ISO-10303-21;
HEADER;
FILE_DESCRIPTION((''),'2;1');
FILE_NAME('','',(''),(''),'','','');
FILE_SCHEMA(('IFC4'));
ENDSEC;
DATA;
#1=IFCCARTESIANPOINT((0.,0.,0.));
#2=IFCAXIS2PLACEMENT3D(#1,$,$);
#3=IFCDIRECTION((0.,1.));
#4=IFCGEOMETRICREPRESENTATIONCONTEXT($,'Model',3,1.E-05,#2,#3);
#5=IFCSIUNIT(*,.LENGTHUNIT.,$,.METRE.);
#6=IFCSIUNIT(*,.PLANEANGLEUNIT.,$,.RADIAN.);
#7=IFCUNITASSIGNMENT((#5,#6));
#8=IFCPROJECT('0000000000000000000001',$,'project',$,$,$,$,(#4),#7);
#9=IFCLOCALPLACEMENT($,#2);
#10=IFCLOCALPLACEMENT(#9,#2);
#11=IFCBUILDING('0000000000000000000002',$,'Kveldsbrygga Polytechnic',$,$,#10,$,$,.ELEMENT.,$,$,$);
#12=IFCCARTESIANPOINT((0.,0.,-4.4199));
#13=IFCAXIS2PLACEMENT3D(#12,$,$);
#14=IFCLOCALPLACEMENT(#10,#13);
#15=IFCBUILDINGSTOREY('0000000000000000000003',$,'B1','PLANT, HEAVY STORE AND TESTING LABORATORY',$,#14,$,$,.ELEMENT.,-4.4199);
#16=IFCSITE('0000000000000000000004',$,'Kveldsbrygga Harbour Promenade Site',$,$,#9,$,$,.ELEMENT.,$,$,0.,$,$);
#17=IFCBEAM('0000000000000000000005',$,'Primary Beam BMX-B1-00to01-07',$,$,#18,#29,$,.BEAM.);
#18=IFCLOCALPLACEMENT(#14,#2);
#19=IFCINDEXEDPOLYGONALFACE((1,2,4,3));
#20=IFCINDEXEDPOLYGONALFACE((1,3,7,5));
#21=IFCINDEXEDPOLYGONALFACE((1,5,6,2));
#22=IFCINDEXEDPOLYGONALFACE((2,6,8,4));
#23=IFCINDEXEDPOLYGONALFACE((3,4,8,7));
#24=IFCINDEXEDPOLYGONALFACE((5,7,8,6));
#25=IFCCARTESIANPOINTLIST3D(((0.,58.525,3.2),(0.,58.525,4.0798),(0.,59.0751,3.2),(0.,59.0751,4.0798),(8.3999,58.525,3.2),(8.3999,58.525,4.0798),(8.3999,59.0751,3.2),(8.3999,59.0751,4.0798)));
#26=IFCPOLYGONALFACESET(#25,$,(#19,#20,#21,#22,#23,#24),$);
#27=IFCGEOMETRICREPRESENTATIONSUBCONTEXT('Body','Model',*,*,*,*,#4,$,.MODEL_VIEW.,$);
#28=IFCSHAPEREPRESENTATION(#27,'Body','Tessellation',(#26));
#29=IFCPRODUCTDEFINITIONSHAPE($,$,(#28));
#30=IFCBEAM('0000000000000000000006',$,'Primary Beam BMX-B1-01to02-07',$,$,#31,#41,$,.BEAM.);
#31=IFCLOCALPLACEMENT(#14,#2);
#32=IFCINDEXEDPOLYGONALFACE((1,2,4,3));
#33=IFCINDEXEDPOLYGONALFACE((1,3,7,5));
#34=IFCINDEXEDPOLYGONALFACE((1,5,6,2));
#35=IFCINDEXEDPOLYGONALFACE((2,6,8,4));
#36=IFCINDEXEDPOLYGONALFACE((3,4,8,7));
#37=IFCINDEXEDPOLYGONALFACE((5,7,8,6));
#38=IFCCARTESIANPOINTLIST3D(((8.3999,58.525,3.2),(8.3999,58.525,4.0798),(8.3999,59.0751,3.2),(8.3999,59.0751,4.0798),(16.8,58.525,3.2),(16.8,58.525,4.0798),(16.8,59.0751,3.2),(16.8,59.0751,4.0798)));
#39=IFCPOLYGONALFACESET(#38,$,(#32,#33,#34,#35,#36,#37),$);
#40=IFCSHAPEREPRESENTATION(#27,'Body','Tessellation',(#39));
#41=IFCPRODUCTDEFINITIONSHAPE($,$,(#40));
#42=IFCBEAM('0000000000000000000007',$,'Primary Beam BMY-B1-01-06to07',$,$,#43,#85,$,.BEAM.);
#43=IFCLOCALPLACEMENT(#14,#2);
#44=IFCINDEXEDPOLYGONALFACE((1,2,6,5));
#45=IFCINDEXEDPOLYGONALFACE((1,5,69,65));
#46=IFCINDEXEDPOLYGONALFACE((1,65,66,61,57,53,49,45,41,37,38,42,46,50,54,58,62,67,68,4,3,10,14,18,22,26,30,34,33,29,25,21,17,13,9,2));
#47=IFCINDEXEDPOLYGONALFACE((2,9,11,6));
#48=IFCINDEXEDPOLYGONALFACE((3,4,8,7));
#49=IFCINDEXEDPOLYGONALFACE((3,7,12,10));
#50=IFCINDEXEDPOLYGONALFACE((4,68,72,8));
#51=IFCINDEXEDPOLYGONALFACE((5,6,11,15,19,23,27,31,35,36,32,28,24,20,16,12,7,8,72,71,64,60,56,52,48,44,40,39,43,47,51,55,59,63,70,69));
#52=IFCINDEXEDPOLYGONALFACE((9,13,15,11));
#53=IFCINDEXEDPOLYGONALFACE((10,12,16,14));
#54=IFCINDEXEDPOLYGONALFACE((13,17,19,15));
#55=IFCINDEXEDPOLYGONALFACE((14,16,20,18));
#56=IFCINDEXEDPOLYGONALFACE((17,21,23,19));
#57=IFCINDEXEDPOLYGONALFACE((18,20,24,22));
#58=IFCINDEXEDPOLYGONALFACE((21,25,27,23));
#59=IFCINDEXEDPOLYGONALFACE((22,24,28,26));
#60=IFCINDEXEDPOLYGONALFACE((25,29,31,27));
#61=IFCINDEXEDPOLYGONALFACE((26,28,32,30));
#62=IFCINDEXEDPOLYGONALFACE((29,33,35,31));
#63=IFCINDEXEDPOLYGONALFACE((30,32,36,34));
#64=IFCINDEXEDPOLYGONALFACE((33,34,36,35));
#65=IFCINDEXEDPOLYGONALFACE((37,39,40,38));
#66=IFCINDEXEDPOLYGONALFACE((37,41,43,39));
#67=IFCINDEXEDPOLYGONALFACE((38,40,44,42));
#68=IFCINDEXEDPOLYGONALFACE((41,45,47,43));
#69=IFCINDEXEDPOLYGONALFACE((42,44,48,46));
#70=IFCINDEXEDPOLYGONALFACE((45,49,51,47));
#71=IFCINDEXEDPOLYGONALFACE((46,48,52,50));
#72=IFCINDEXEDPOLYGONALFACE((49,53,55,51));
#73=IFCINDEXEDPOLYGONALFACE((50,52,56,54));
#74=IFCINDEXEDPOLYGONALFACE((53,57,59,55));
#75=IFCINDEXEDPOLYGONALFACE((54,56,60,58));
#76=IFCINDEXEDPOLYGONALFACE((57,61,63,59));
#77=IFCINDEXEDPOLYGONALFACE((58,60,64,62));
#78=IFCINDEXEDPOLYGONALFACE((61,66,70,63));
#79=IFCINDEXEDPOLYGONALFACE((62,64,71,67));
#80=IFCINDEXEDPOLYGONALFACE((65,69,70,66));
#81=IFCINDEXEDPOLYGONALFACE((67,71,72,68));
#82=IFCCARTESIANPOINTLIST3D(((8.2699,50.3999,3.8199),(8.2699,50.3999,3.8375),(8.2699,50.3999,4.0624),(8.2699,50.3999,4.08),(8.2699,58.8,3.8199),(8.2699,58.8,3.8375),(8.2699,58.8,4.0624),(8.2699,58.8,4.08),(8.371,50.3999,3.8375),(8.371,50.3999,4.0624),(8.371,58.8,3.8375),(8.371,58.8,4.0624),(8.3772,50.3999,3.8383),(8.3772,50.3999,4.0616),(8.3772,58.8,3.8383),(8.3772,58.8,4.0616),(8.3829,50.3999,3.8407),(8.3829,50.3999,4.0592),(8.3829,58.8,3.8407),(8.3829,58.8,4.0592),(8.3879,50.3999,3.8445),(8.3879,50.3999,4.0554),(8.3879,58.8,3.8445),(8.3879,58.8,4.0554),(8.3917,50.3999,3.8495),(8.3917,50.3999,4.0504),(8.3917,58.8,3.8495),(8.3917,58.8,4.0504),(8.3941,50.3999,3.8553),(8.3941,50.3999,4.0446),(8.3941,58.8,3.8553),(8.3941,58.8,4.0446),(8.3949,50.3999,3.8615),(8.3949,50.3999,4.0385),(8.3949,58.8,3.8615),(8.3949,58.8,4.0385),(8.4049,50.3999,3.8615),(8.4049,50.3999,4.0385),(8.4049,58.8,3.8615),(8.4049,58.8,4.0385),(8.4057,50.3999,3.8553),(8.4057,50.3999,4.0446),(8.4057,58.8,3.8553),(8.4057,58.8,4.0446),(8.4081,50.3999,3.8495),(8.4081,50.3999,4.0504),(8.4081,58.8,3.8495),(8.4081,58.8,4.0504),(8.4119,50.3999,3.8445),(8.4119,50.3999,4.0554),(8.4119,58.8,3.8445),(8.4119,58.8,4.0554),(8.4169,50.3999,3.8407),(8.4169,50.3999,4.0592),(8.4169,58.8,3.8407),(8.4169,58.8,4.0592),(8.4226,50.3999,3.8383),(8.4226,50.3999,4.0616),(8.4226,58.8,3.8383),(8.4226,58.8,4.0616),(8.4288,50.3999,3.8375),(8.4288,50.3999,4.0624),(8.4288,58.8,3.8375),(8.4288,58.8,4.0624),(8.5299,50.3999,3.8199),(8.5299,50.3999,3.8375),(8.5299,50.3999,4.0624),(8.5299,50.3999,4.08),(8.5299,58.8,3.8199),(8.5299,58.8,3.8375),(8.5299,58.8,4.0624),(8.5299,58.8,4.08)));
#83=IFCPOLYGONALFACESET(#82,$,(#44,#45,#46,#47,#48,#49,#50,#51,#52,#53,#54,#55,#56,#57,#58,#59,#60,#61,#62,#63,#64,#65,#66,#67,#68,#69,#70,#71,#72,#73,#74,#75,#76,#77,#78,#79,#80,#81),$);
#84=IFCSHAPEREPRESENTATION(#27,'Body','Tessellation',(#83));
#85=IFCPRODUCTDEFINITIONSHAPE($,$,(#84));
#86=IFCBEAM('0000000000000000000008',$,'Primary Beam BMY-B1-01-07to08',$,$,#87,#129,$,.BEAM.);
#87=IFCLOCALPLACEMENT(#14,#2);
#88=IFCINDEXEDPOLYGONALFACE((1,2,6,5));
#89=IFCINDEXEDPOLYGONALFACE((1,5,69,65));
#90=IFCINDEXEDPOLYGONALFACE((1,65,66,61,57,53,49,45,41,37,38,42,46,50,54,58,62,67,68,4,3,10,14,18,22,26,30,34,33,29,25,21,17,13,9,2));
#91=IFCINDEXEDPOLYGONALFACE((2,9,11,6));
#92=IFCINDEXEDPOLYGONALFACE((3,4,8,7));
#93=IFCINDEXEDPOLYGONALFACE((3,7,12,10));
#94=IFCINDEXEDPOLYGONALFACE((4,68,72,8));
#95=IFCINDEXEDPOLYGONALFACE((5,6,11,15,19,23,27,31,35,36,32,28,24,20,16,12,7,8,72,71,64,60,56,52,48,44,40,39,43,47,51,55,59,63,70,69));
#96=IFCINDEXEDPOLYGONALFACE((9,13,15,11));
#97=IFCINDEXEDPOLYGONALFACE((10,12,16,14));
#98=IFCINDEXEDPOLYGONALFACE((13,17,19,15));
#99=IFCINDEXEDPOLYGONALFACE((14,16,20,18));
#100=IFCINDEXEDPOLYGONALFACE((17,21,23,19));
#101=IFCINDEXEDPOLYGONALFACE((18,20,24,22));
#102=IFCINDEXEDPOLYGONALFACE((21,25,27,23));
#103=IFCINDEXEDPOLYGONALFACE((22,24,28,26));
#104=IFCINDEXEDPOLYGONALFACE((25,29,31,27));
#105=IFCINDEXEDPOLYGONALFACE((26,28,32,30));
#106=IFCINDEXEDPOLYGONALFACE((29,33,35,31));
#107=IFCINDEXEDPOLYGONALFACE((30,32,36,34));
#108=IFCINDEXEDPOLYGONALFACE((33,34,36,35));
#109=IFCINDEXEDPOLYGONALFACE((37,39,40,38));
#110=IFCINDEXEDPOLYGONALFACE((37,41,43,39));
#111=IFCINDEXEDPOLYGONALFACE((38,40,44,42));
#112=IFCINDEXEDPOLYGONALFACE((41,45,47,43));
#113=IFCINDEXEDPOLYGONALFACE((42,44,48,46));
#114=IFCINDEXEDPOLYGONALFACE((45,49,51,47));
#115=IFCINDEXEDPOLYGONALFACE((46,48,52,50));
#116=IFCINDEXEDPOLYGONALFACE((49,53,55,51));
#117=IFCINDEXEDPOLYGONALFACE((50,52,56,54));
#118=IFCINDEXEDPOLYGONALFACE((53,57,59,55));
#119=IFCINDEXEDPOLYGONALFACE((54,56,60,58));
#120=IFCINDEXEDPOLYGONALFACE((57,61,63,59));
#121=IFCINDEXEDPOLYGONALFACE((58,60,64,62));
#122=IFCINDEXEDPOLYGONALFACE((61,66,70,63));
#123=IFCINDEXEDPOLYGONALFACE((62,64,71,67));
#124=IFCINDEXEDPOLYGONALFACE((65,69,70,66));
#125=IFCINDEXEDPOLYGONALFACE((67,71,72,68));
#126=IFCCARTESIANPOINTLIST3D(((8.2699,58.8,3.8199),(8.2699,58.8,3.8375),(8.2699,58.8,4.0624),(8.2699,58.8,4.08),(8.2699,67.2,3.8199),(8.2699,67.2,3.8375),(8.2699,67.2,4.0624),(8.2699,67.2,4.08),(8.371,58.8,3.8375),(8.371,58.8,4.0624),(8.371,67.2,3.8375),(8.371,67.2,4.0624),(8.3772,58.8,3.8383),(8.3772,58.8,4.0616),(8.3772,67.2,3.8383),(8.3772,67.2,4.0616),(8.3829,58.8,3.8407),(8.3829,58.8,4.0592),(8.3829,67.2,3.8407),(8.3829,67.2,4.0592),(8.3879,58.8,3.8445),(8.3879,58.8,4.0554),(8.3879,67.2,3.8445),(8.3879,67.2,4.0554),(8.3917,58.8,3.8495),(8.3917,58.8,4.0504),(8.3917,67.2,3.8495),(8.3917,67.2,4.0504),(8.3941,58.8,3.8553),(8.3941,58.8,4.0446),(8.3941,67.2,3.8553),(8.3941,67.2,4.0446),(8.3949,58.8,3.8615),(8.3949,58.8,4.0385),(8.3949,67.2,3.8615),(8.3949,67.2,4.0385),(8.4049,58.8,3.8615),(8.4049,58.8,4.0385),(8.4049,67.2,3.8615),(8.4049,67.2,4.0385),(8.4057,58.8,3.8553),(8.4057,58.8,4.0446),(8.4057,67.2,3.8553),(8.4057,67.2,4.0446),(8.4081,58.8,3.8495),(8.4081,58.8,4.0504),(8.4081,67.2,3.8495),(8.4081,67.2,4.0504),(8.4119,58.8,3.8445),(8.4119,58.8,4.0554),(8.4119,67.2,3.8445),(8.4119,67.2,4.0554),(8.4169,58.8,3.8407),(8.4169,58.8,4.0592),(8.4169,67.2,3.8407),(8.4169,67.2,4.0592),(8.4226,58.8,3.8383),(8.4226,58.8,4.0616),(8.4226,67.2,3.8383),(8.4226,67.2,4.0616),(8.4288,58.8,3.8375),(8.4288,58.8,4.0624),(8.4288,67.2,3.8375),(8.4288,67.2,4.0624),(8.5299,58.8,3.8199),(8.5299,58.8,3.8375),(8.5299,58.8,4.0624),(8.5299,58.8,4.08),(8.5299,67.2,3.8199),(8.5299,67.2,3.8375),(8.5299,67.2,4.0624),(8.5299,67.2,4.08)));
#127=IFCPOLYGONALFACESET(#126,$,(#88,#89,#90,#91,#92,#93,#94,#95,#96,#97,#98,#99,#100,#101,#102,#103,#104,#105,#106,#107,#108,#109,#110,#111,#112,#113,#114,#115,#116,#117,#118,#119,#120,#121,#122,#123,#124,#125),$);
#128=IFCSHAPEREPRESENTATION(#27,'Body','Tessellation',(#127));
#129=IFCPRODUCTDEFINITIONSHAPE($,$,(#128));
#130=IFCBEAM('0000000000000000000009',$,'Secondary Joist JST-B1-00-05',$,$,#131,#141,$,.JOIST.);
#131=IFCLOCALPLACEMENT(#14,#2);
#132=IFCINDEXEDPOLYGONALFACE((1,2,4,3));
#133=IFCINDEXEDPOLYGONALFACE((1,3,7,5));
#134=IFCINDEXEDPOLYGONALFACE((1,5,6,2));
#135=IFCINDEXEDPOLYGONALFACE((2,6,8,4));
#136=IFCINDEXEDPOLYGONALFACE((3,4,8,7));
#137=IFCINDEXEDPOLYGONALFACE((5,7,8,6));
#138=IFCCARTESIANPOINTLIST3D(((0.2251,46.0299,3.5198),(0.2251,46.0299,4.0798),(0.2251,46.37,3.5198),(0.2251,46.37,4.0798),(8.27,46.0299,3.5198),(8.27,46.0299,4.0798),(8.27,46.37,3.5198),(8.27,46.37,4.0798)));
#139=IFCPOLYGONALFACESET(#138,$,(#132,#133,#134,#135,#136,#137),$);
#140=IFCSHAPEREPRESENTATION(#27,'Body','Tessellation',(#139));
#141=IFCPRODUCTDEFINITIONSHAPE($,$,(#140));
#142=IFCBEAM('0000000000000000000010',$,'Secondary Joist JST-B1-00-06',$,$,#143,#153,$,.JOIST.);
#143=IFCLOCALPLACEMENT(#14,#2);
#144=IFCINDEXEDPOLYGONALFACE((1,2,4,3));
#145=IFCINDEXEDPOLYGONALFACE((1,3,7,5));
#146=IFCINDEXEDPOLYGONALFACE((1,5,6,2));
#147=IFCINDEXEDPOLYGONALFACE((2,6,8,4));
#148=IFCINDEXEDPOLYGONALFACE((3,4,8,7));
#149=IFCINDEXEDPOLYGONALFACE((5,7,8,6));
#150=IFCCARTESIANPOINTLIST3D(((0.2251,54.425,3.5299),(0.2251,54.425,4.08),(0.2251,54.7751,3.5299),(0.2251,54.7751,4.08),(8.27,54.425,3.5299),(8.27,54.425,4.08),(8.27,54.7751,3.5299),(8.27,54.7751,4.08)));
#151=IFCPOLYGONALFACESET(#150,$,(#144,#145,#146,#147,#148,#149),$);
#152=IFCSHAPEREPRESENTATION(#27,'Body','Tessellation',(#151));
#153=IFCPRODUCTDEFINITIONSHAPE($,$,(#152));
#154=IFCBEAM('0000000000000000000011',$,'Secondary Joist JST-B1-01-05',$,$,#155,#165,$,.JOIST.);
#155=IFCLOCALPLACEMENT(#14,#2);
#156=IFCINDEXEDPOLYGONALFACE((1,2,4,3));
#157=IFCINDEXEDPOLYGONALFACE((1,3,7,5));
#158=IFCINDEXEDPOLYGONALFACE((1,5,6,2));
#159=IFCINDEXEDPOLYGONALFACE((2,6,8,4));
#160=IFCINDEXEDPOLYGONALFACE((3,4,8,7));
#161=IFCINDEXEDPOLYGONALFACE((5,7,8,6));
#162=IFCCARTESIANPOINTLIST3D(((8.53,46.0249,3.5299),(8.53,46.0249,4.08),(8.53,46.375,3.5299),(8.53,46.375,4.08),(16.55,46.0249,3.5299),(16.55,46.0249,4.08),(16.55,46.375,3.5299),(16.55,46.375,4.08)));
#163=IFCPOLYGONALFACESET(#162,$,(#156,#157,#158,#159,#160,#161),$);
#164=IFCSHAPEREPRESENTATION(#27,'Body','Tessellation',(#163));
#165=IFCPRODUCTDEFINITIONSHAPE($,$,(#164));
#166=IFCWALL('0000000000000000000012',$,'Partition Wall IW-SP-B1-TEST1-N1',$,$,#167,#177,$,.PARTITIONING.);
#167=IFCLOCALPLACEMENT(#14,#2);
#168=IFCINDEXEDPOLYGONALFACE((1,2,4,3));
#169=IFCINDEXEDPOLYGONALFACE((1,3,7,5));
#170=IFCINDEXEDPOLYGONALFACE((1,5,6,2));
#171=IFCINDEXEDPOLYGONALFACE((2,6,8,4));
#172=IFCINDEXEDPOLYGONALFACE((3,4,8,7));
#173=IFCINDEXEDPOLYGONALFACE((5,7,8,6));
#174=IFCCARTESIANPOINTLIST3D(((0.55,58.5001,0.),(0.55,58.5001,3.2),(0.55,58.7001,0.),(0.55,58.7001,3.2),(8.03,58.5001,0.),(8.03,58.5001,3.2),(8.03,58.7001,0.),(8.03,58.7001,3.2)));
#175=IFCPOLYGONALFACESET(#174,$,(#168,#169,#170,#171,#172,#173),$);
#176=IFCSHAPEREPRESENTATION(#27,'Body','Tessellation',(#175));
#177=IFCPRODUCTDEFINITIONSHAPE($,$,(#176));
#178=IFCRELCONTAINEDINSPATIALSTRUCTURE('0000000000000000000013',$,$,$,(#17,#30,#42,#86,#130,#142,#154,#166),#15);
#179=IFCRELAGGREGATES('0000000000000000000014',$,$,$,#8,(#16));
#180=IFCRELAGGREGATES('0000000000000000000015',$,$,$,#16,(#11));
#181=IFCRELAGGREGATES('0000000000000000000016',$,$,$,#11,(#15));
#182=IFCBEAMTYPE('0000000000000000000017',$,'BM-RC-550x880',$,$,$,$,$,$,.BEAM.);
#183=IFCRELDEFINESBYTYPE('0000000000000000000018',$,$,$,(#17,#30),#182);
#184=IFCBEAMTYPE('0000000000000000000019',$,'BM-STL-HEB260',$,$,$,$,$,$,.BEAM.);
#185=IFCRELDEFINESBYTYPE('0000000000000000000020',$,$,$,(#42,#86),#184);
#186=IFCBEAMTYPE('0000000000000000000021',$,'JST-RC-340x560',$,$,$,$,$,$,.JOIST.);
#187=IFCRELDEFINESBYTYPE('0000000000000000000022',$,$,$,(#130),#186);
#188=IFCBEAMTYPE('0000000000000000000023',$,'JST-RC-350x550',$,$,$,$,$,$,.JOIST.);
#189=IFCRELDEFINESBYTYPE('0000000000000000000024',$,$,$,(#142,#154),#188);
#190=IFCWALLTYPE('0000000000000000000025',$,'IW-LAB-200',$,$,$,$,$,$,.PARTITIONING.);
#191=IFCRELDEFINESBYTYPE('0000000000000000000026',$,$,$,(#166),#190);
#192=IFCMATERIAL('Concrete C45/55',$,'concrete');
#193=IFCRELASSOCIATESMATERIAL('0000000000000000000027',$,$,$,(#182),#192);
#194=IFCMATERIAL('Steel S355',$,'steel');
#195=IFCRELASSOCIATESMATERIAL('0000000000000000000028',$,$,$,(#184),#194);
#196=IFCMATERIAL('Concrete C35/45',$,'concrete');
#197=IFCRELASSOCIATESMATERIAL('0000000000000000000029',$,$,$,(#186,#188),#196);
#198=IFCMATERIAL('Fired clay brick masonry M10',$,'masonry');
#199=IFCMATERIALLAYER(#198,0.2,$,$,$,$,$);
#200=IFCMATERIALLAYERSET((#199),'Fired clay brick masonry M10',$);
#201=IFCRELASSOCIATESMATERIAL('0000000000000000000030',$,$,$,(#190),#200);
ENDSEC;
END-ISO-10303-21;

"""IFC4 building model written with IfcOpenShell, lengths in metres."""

from ifc_helpers import new_model, si_unit, direction, frame, frame_2d, origin, origin_2d, place, context, subcontext, project, spatial, rectangle, i_section, extrude, material, layer, layer_set, material_profile, profile_set, type_object, element, save


model = new_model("IFC4")

# Units and contexts
model_context = context("Model", 3, precision=1e-05, world=origin(), true_north=direction((0.0, 1.0)))
body_context = subcontext(model_context, "Body", "Model", "MODEL_VIEW")
ifc_project = project(units=[si_unit("LENGTHUNIT", "METRE"), si_unit("PLANEANGLEUNIT", "RADIAN")], contexts=[model_context])

# Site, building, storey
site_placement = place(None, origin())
site = spatial("IfcSite", under=ifc_project, at=site_placement, Name="Kveldsbrygga Harbour Promenade Site", CompositionType="ELEMENT", RefElevation=0.0)
building_placement = place(site_placement, origin())
building = spatial("IfcBuilding", under=site, at=building_placement, Name="Kveldsbrygga Polytechnic", CompositionType="ELEMENT")
storey_placement = place(building_placement, frame((0.0, 0.0, -4.4199)))
storey = spatial("IfcBuildingStorey", under=building, at=storey_placement, Name="B1", Description="PLANT, HEAVY STORE AND TESTING LABORATORY", CompositionType="ELEMENT", Elevation=-4.4199)

# Shared definitions
ifc_material_1 = material(Name="Concrete C45/55", Category="concrete")
ifc_material_2 = material(Name="Concrete C35/45", Category="concrete")

# Beams
ifc_material_profile_1 = material_profile(ifc_material_1, rectangle(XDim=0.55, YDim=0.8799, at=origin_2d()), Name="RC 550x880")
ifc_profile_set_1 = profile_set([ifc_material_profile_1], Name="Concrete C45/55")
beam_type_1 = type_object("IfcBeamType", Name="BM-RC-550x880", PredefinedType="BEAM", material=ifc_profile_set_1)
beam_1_placement = place(storey_placement, frame((0.0, 58.8, 3.6399), z_axis=(1.0, 0.0, 0.0), x_axis=(0.0, 1.0, 0.0)))
element("IfcBeam", 1, at=beam_1_placement, inside=storey, type_object=beam_type_1, Name="Primary Beam BMX-B1-00to01-07", PredefinedType="BEAM", context=body_context, shape_type="SweptSolid", body=[
    extrude(rectangle(XDim=0.55, YDim=0.8799, at=origin_2d()), origin(), (0.0, 0.0, 1.0), 8.3999),
])
beam_2_placement = place(storey_placement, frame((8.3999, 58.8, 3.6399), z_axis=(1.0, 0.0, 0.0), x_axis=(0.0, 1.0, 0.0)))
element("IfcBeam", 2, at=beam_2_placement, inside=storey, type_object=beam_type_1, Name="Primary Beam BMX-B1-01to02-07", PredefinedType="BEAM", context=body_context, shape_type="SweptSolid", body=[
    extrude(rectangle(XDim=0.55, YDim=0.8799, at=origin_2d()), origin(), (0.0, 0.0, 1.0), 8.4001),
])
ifc_material_3 = material(Name="Steel S355", Category="steel")
ifc_material_profile_2 = material_profile(ifc_material_3, i_section(OverallWidth=0.26, OverallDepth=0.26, WebThickness=0.01, FlangeThickness=0.0176, FilletRadius=0.0239, at=origin_2d()), Name="HEB 260")
ifc_profile_set_2 = profile_set([ifc_material_profile_2], Name="Steel S355")
beam_type_2 = type_object("IfcBeamType", Name="BM-STL-HEB260", PredefinedType="BEAM", material=ifc_profile_set_2)
beam_3_placement = place(storey_placement, frame((8.3999, 50.3999, 3.95), z_axis=(0.0, 1.0, 0.0), x_axis=(-1.0, 0.0, 0.0)))
element("IfcBeam", 3, at=beam_3_placement, inside=storey, type_object=beam_type_2, Name="Primary Beam BMY-B1-01-06to07", PredefinedType="BEAM", context=body_context, shape_type="SweptSolid", body=[
    extrude(i_section(OverallWidth=0.26, OverallDepth=0.26, WebThickness=0.01, FlangeThickness=0.0176, FilletRadius=0.0239, at=origin_2d()), origin(), (0.0, 0.0, 1.0), 8.4001),
])
beam_4_placement = place(storey_placement, frame((8.3999, 58.8, 3.95), z_axis=(0.0, 1.0, 0.0), x_axis=(-1.0, 0.0, 0.0)))
element("IfcBeam", 4, at=beam_4_placement, inside=storey, type_object=beam_type_2, Name="Primary Beam BMY-B1-01-07to08", PredefinedType="BEAM", context=body_context, shape_type="SweptSolid", body=[
    extrude(i_section(OverallWidth=0.26, OverallDepth=0.26, WebThickness=0.01, FlangeThickness=0.0176, FilletRadius=0.0239, at=origin_2d()), origin(), (0.0, 0.0, 1.0), 8.3999),
])
ifc_material_profile_3 = material_profile(ifc_material_2, rectangle(XDim=0.3401, YDim=0.5601, at=origin_2d()), Name="RC 340x560")
ifc_profile_set_3 = profile_set([ifc_material_profile_3], Name="Concrete C35/45")
beam_type_3 = type_object("IfcBeamType", Name="JST-RC-340x560", PredefinedType="JOIST", material=ifc_profile_set_3)
beam_5_placement = place(storey_placement, frame((0.2251, 46.2, 3.7998), z_axis=(1.0, 0.0, 0.0), x_axis=(0.0, 1.0, 0.0)))
element("IfcBeam", 5, at=beam_5_placement, inside=storey, type_object=beam_type_3, Name="Secondary Joist JST-B1-00-05", PredefinedType="JOIST", context=body_context, shape_type="SweptSolid", body=[
    extrude(rectangle(XDim=0.3401, YDim=0.5601, at=origin_2d()), origin(), (0.0, 0.0, 1.0), 8.0449),
])
ifc_material_profile_4 = material_profile(ifc_material_2, rectangle(XDim=0.3501, YDim=0.55, at=origin_2d()), Name="RC 350x550")
ifc_profile_set_4 = profile_set([ifc_material_profile_4], Name="Concrete C35/45")
beam_type_4 = type_object("IfcBeamType", Name="JST-RC-350x550", PredefinedType="JOIST", material=ifc_profile_set_4)
beam_6_placement = place(storey_placement, frame((0.2251, 54.6001, 3.8049), z_axis=(1.0, 0.0, 0.0), x_axis=(0.0, 1.0, 0.0)))
element("IfcBeam", 6, at=beam_6_placement, inside=storey, type_object=beam_type_4, Name="Secondary Joist JST-B1-00-06", PredefinedType="JOIST", context=body_context, shape_type="SweptSolid", body=[
    extrude(rectangle(XDim=0.3501, YDim=0.55, at=origin_2d()), origin(), (0.0, 0.0, 1.0), 8.0449),
])
beam_7_placement = place(storey_placement, frame((8.53, 46.2, 3.8049), z_axis=(1.0, 0.0, 0.0), x_axis=(0.0, 1.0, 0.0)))
element("IfcBeam", 7, at=beam_7_placement, inside=storey, type_object=beam_type_4, Name="Secondary Joist JST-B1-01-05", PredefinedType="JOIST", context=body_context, shape_type="SweptSolid", body=[
    extrude(rectangle(XDim=0.3501, YDim=0.55, at=origin_2d()), origin(), (0.0, 0.0, 1.0), 8.02),
])

# Wall
ifc_material_4 = material(Name="Fired clay brick masonry M10", Category="masonry")
ifc_layer_1 = layer(ifc_material_4, 0.2)
ifc_layer_set_1 = layer_set([ifc_layer_1], Name="Fired clay brick masonry M10")
wall_type_1 = type_object("IfcWallType", Name="IW-LAB-200", PredefinedType="PARTITIONING", material=ifc_layer_set_1)
wall_1_placement = place(storey_placement, frame((0.55, 58.6001, 0.0), z_axis=(0.0, 0.0, 1.0), x_axis=(1.0, 0.0, 0.0)))
element("IfcWall", 8, at=wall_1_placement, inside=storey, type_object=wall_type_1, Name="Partition Wall IW-SP-B1-TEST1-N1", PredefinedType="PARTITIONING", context=body_context, shape_type="SweptSolid", body=[
    extrude(rectangle(XDim=7.48, YDim=0.2, at=frame_2d((3.74, 0.0))), origin(), (0.0, 0.0, 1.0), 3.2),
])

save(model, "model.ifc")
